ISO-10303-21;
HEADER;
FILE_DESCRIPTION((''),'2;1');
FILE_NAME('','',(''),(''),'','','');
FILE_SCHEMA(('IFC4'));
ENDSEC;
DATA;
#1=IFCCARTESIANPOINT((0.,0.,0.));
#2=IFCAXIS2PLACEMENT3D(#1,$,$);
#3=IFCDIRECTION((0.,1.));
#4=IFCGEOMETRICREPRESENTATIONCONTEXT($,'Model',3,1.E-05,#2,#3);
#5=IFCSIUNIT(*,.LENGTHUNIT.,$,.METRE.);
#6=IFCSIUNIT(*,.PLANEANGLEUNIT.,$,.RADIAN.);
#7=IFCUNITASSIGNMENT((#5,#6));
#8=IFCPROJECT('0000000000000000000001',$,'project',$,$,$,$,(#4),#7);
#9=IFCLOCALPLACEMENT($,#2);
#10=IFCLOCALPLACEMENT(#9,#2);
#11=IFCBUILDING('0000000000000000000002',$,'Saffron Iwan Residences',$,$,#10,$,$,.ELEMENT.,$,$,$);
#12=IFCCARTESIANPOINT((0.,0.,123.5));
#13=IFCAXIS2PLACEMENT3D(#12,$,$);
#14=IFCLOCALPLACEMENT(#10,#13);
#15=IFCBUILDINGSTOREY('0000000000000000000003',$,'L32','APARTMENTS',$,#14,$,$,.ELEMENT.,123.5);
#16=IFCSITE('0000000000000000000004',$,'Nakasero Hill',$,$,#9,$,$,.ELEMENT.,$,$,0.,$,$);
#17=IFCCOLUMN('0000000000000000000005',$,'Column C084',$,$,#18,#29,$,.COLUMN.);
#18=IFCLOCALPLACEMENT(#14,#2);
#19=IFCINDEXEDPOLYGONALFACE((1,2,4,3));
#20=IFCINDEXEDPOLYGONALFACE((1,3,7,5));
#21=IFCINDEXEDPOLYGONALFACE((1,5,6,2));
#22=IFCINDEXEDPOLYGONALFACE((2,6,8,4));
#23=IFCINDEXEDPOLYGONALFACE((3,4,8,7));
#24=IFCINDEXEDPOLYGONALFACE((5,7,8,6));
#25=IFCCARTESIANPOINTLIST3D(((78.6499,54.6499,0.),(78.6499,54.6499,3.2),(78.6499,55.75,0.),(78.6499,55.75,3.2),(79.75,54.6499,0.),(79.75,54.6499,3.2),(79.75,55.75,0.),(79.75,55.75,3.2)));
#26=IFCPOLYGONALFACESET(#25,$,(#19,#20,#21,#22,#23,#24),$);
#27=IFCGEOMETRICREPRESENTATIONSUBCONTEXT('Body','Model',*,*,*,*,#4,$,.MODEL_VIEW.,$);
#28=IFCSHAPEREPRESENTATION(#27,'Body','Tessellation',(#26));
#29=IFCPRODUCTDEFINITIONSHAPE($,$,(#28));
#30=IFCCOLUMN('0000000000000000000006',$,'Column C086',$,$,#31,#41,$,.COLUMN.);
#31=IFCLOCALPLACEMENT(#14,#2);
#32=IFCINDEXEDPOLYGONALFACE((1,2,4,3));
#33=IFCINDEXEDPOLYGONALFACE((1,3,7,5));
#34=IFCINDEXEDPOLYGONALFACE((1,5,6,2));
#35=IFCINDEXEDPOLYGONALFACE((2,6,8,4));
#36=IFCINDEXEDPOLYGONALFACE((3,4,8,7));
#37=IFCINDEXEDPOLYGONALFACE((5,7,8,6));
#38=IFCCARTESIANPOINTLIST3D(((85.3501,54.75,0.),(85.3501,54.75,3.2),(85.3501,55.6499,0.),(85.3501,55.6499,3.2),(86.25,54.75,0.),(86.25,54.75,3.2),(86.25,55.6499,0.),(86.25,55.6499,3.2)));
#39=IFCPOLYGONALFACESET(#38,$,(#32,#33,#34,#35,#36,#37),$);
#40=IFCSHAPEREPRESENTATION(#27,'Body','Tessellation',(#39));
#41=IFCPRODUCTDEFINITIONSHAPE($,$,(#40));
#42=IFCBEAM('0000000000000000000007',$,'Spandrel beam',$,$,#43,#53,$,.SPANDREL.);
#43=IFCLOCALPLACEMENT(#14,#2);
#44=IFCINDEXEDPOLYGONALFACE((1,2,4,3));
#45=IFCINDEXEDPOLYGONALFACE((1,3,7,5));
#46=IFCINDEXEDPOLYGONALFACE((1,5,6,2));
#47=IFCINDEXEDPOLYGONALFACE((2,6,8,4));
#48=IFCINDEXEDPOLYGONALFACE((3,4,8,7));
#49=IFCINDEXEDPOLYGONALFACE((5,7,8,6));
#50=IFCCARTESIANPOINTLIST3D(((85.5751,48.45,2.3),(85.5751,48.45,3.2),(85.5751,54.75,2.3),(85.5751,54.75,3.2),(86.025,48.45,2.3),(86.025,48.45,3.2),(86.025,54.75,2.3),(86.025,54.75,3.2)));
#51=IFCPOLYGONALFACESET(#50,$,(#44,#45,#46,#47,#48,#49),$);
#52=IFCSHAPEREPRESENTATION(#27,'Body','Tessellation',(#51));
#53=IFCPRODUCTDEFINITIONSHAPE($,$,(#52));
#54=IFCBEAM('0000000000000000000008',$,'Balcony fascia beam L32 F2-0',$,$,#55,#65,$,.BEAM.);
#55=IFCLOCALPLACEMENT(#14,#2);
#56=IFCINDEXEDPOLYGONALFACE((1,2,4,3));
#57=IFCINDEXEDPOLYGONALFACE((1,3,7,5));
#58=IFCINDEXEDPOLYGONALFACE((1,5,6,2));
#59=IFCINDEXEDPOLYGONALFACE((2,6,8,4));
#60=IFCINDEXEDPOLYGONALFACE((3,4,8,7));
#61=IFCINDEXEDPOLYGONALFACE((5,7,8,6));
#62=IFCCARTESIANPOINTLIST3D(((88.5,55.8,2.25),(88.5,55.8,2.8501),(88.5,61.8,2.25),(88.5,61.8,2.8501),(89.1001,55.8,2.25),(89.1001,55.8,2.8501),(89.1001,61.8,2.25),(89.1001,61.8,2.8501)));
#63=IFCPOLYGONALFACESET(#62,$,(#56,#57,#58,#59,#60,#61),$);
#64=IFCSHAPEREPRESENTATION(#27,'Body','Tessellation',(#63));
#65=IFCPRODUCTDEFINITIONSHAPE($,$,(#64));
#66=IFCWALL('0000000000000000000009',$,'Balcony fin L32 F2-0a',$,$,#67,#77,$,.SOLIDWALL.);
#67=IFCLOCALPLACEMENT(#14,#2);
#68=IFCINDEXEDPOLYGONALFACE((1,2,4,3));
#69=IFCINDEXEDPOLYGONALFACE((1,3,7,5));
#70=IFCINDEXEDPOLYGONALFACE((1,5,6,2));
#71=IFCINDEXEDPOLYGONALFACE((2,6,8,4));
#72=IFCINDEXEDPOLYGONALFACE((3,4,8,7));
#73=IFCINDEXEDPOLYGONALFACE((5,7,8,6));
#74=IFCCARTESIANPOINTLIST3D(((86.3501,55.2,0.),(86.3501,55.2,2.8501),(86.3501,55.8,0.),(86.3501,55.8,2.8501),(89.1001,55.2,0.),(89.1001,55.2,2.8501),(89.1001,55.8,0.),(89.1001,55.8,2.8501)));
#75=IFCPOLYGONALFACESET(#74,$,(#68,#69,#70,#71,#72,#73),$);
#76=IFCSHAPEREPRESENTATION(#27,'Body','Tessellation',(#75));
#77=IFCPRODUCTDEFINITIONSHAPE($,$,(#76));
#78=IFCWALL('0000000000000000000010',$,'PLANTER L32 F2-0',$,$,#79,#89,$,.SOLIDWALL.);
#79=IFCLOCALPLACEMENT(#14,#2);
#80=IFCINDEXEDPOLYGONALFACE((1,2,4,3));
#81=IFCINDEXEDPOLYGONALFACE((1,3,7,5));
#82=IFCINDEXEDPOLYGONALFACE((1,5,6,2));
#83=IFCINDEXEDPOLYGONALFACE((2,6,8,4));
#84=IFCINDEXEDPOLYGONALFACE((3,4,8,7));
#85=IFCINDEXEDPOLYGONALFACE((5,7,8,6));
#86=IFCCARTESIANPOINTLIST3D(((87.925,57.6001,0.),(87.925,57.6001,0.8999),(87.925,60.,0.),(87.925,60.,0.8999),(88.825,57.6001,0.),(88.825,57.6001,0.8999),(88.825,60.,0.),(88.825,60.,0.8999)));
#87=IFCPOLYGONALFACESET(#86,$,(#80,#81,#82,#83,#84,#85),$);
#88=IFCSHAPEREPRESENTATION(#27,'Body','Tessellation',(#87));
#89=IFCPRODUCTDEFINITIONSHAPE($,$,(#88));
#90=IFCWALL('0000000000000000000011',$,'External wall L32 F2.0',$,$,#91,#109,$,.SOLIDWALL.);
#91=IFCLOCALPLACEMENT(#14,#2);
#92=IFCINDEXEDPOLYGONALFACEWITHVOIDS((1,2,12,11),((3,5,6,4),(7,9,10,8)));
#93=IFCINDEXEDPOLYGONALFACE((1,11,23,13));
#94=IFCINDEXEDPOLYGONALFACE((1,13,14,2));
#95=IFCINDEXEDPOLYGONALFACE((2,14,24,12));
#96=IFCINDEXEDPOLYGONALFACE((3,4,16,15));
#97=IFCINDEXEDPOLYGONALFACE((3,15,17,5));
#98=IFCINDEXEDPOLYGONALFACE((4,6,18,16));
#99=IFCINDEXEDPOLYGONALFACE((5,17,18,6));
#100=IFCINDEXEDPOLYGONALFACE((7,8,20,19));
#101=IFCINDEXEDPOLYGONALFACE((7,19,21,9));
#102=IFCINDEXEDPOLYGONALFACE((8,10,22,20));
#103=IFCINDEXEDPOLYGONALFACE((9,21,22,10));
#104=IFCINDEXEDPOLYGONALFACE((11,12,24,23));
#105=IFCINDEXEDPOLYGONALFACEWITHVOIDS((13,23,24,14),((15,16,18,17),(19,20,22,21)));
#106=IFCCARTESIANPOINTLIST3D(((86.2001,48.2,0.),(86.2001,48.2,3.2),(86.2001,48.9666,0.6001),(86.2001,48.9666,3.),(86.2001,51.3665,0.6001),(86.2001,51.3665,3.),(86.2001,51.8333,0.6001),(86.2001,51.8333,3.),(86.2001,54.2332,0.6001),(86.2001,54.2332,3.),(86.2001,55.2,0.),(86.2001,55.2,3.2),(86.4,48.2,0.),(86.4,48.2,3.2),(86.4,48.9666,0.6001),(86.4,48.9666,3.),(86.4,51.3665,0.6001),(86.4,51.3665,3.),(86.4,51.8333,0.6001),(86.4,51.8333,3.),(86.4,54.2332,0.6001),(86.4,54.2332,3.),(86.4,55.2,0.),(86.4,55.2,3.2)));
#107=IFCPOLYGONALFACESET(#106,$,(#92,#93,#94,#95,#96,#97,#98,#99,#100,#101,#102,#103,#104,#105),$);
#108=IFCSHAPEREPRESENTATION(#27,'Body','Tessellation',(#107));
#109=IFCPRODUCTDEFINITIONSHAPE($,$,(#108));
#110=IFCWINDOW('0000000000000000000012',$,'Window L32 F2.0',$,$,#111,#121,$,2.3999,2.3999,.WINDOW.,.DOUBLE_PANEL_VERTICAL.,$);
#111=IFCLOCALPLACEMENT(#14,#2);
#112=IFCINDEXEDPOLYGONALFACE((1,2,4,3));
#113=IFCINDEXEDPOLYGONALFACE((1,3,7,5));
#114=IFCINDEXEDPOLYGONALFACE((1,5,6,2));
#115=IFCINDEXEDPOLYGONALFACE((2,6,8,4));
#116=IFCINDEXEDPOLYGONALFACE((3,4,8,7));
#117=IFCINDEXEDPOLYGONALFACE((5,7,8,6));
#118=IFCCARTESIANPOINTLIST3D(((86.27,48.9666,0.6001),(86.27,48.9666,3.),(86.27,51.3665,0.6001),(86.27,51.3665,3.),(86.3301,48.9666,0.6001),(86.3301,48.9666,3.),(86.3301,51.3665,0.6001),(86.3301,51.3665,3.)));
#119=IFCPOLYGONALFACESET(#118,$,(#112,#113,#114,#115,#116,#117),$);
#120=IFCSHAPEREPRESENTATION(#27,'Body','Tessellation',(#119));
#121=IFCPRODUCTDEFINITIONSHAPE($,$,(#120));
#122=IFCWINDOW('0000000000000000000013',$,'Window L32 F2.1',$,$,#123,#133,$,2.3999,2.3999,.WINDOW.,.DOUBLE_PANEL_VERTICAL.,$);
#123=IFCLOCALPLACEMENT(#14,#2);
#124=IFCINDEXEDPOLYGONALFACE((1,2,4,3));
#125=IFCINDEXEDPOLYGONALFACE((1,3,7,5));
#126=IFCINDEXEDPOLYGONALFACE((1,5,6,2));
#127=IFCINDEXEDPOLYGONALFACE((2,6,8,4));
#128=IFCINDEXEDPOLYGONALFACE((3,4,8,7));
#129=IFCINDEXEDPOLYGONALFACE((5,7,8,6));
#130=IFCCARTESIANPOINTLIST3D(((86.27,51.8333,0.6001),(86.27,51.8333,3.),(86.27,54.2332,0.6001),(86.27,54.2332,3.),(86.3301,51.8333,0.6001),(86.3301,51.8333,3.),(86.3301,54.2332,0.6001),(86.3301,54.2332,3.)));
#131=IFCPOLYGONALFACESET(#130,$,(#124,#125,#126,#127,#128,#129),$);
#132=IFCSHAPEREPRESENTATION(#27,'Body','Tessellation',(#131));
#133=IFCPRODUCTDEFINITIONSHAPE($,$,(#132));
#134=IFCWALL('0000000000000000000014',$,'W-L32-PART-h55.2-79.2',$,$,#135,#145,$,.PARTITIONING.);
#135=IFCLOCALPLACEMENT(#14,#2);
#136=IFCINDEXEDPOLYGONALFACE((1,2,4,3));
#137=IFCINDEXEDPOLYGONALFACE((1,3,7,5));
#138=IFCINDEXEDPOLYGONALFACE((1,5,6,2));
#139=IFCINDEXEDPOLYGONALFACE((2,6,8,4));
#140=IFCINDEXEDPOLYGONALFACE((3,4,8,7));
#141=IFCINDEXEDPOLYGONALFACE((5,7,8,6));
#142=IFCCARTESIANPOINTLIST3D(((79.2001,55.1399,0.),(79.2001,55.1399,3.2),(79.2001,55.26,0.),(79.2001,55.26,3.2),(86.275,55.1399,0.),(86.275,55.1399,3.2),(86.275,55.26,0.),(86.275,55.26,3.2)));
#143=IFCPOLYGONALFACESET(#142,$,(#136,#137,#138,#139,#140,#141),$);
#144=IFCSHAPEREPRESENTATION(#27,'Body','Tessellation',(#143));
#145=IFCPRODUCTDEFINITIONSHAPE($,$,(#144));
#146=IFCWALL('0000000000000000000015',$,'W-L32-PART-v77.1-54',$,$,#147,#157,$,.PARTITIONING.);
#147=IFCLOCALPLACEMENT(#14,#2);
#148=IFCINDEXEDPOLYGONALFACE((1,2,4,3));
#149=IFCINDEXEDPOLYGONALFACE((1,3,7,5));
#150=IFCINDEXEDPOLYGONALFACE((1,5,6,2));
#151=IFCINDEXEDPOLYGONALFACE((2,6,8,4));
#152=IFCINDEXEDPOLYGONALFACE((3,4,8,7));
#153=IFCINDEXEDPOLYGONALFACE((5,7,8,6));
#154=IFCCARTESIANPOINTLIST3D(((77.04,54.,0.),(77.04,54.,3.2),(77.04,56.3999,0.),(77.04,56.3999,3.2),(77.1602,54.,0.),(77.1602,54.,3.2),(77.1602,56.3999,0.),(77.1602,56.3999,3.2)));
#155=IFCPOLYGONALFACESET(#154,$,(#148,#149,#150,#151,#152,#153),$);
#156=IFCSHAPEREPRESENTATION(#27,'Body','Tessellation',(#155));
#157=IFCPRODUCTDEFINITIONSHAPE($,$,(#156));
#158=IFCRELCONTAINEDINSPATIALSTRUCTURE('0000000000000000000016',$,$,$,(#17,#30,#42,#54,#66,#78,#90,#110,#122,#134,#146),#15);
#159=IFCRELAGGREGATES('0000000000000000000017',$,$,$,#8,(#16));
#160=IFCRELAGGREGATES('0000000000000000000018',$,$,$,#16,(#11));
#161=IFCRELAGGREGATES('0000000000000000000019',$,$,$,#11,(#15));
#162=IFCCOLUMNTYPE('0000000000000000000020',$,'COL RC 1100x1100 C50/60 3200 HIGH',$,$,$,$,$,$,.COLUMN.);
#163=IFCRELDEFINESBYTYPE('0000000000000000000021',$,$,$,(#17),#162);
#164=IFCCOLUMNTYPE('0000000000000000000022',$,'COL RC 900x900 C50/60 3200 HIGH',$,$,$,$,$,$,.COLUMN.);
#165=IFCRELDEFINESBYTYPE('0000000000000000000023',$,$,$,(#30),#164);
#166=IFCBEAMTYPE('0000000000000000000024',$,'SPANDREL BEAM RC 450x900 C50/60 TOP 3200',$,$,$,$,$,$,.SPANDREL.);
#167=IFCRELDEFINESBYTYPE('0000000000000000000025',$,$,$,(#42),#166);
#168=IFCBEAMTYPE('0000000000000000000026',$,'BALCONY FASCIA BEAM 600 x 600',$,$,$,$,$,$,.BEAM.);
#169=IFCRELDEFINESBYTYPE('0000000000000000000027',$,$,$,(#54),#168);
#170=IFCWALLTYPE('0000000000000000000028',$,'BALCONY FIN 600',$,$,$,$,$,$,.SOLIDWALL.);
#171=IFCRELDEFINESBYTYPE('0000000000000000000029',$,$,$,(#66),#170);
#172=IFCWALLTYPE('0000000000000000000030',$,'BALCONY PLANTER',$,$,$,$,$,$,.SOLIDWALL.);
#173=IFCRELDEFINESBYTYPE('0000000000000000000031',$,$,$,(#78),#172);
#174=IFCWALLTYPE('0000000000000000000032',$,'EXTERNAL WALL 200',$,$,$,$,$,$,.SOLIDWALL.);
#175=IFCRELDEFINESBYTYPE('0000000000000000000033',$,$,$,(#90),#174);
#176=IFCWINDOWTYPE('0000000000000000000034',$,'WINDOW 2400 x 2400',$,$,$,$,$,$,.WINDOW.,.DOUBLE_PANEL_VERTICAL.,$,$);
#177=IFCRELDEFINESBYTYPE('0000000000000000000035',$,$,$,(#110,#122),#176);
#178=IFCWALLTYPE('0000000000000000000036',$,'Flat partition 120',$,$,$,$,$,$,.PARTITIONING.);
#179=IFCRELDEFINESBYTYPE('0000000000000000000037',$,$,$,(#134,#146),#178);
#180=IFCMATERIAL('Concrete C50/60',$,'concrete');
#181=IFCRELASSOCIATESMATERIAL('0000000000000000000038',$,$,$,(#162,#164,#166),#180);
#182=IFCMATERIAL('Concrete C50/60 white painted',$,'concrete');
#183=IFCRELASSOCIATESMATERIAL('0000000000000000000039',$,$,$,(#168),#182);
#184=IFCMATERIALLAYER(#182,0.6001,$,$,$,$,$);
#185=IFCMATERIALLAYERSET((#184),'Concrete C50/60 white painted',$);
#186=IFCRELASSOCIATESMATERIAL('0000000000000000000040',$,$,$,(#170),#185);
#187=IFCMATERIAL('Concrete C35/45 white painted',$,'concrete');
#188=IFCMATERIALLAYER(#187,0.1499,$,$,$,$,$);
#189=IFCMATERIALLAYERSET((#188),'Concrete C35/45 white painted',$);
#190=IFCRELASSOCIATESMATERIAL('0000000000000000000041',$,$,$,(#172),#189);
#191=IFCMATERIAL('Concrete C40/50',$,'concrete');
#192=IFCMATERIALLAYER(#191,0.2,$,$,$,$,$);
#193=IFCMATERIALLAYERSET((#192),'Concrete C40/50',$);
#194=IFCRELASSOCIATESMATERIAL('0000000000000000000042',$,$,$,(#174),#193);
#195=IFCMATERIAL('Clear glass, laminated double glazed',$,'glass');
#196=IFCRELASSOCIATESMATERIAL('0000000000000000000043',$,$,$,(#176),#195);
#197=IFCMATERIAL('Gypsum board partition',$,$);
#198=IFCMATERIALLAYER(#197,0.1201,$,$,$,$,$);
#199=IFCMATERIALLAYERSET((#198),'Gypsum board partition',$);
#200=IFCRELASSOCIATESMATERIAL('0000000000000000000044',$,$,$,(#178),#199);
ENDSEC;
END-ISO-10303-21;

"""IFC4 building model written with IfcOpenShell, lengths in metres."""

from ifc_helpers import new_model, si_unit, direction, frame, frame_2d, origin, origin_2d, place, context, subcontext, project, spatial, rectangle, extrude, source, transform, mapped, material, layer, layer_set, material_profile, profile_set, type_object, element, fill, save


model = new_model("IFC4")

# Units and contexts
model_context = context("Model", 3, precision=1e-05, world=origin(), true_north=direction((0.0, 1.0)))
body_context = subcontext(model_context, "Body", "Model", "MODEL_VIEW")
ifc_project = project(units=[si_unit("LENGTHUNIT", "METRE"), si_unit("PLANEANGLEUNIT", "RADIAN")], contexts=[model_context])

# Site, building, storey
site_placement = place(None, origin())
site = spatial("IfcSite", under=ifc_project, at=site_placement, Name="Nakasero Hill", CompositionType="ELEMENT", RefElevation=0.0)
building_placement = place(site_placement, origin())
building = spatial("IfcBuilding", under=site, at=building_placement, Name="Saffron Iwan Residences", CompositionType="ELEMENT")
storey_placement = place(building_placement, frame((0.0, 0.0, 123.5)))
storey = spatial("IfcBuildingStorey", under=building, at=storey_placement, Name="L32", Description="APARTMENTS", CompositionType="ELEMENT", Elevation=123.5)

# Columns
ifc_material_1 = material(Name="Concrete C50/60", Category="concrete")
ifc_material_profile_1 = material_profile(ifc_material_1, rectangle(XDim=1.1001, YDim=1.1001, at=origin_2d()), Name="RC 1100x1100")
ifc_profile_set_1 = profile_set([ifc_material_profile_1], Name="Concrete C50/60")
column_type_1 = type_object("IfcColumnType", Name="COL RC 1100x1100 C50/60 3200 HIGH", PredefinedType="COLUMN", material=ifc_profile_set_1)
shared_shape_1 = source(origin(), body_context, "Body", "SweptSolid", [
    extrude(rectangle(XDim=1.1001, YDim=1.1001, at=origin_2d()), origin(), (0.0, 0.0, 1.0), 3.2),
])
column_1_placement = place(storey_placement, frame((79.2, 55.2, 0.0), z_axis=(0.0, 0.0, 1.0), x_axis=(1.0, 0.0, 0.0)))
element("IfcColumn", 1, at=column_1_placement, inside=storey, type_object=column_type_1, Name="Column C084", PredefinedType="COLUMN", context=body_context, shape_type="MappedRepresentation", body=[
    mapped(shared_shape_1, transform((0.0, 0.0, 0.0))),
])
ifc_material_profile_2 = material_profile(ifc_material_1, rectangle(XDim=0.8999, YDim=0.8999, at=origin_2d()), Name="RC 900x900")
ifc_profile_set_2 = profile_set([ifc_material_profile_2], Name="Concrete C50/60")
column_type_2 = type_object("IfcColumnType", Name="COL RC 900x900 C50/60 3200 HIGH", PredefinedType="COLUMN", material=ifc_profile_set_2)
shared_shape_2 = source(origin(), body_context, "Body", "SweptSolid", [
    extrude(rectangle(XDim=0.8999, YDim=0.8999, at=origin_2d()), origin(), (0.0, 0.0, 1.0), 3.2),
])
column_2_placement = place(storey_placement, frame((85.8, 55.2, 0.0), z_axis=(0.0, 0.0, 1.0), x_axis=(1.0, 0.0, 0.0)))
element("IfcColumn", 2, at=column_2_placement, inside=storey, type_object=column_type_2, Name="Column C086", PredefinedType="COLUMN", context=body_context, shape_type="MappedRepresentation", body=[
    mapped(shared_shape_2, transform((0.0, 0.0, 0.0))),
])

# Beams
ifc_material_profile_3 = material_profile(ifc_material_1, rectangle(XDim=0.45, YDim=0.8999, at=origin_2d()), Name="RC 450x900")
ifc_profile_set_3 = profile_set([ifc_material_profile_3], Name="Concrete C50/60")
beam_type_1 = type_object("IfcBeamType", Name="SPANDREL BEAM RC 450x900 C50/60 TOP 3200", PredefinedType="SPANDREL", material=ifc_profile_set_3)
shared_shape_3 = source(origin(), body_context, "Body", "SweptSolid", [
    extrude(rectangle(XDim=0.45, YDim=0.8999, at=origin_2d()), origin(), (0.0, 0.0, 1.0), 6.3),
])
beam_1_placement = place(storey_placement, frame((85.8, 54.75, 2.75), z_axis=(0.0, -1.0, 0.0), x_axis=(1.0, 0.0, 0.0)))
element("IfcBeam", 3, at=beam_1_placement, inside=storey, type_object=beam_type_1, Name="Spandrel beam", PredefinedType="SPANDREL", context=body_context, shape_type="MappedRepresentation", body=[
    mapped(shared_shape_3, transform((0.0, 0.0, 0.0))),
])
ifc_material_2 = material(Name="Concrete C50/60 white painted", Category="concrete")
ifc_material_profile_4 = material_profile(ifc_material_2, rectangle(XDim=0.6001, YDim=0.6001, at=origin_2d()), Name="BALCONY FASCIA BEAM 600 x 600")
ifc_profile_set_4 = profile_set([ifc_material_profile_4], Name="Concrete C50/60 white painted")
beam_type_2 = type_object("IfcBeamType", Name="BALCONY FASCIA BEAM 600 x 600", PredefinedType="BEAM", material=ifc_profile_set_4)
shared_shape_4 = source(origin(), body_context, "Body", "SweptSolid", [
    extrude(rectangle(XDim=0.6001, YDim=0.6001, at=origin_2d()), origin(), (0.0, 0.0, 1.0), 6.0),
])
beam_2_placement = place(storey_placement, frame((88.8, 55.8, 2.55), z_axis=(0.0, 1.0, 0.0), x_axis=(-1.0, 0.0, 0.0)))
element("IfcBeam", 4, at=beam_2_placement, inside=storey, type_object=beam_type_2, Name="Balcony fascia beam L32 F2-0", PredefinedType="BEAM", context=body_context, shape_type="MappedRepresentation", body=[
    mapped(shared_shape_4, transform((0.0, 0.0, 0.0))),
])

# Walls
ifc_layer_1 = layer(ifc_material_2, 0.6001)
ifc_layer_set_1 = layer_set([ifc_layer_1], Name="Concrete C50/60 white painted")
wall_type_1 = type_object("IfcWallType", Name="BALCONY FIN 600", PredefinedType="SOLIDWALL", material=ifc_layer_set_1)
wall_1_placement = place(storey_placement, frame((86.3501, 55.5, 0.0), z_axis=(0.0, 0.0, 1.0), x_axis=(1.0, 0.0, 0.0)))
element("IfcWall", 5, at=wall_1_placement, inside=storey, type_object=wall_type_1, Name="Balcony fin L32 F2-0a", PredefinedType="SOLIDWALL", context=body_context, shape_type="SweptSolid", body=[
    extrude(rectangle(XDim=2.75, YDim=0.6001, at=frame_2d((1.375, 0.0))), origin(), (0.0, 0.0, 1.0), 2.8501),
])
ifc_material_3 = material(Name="Concrete C35/45 white painted", Category="concrete")
ifc_layer_2 = layer(ifc_material_3, 0.1499)
ifc_layer_set_2 = layer_set([ifc_layer_2], Name="Concrete C35/45 white painted")
wall_type_2 = type_object("IfcWallType", Name="BALCONY PLANTER", PredefinedType="SOLIDWALL", material=ifc_layer_set_2)
wall_2_placement = place(storey_placement, frame((88.375, 57.6001, 0.0), z_axis=(0.0, 0.0, 1.0), x_axis=(0.0, 1.0, 0.0)))
element("IfcWall", 6, at=wall_2_placement, inside=storey, type_object=wall_type_2, Name="PLANTER L32 F2-0", PredefinedType="SOLIDWALL", context=body_context, shape_type="SweptSolid", body=[
    extrude(rectangle(XDim=2.3999, YDim=0.8999, at=frame_2d((1.2, 0.0))), origin(), (0.0, 0.0, 1.0), 0.8999),
])

# Wall, openings, windows
ifc_material_4 = material(Name="Concrete C40/50", Category="concrete")
ifc_layer_3 = layer(ifc_material_4, 0.2)
ifc_layer_set_3 = layer_set([ifc_layer_3], Name="Concrete C40/50")
wall_type_3 = type_object("IfcWallType", Name="EXTERNAL WALL 200", PredefinedType="SOLIDWALL", material=ifc_layer_set_3)
wall_3_placement = place(storey_placement, frame((86.3, 48.2, 0.0), z_axis=(0.0, 0.0, 1.0), x_axis=(0.0, 1.0, 0.0)))
wall_3 = element("IfcWall", 7, at=wall_3_placement, inside=storey, type_object=wall_type_3, Name="External wall L32 F2.0", PredefinedType="SOLIDWALL", context=body_context, shape_type="SweptSolid", body=[
    extrude(rectangle(XDim=7.0, YDim=0.2, at=frame_2d((3.5, 0.0))), origin(), (0.0, 0.0, 1.0), 3.2),
])
opening_1_placement = place(wall_3_placement, frame((0.7666, 0.0, 0.6001)))
opening_1 = element("IfcOpeningElement", 8, at=opening_1_placement, cuts=wall_3, PredefinedType="OPENING", context=body_context, shape_type="SweptSolid", body=[
    extrude(rectangle(XDim=2.3999, YDim=2.3999, at=frame_2d((1.2, 1.2))), frame((0.0, 0.1099, 0.0), z_axis=(0.0, -1.0, 0.0), x_axis=(1.0, 0.0, 0.0)), (0.0, 0.0, 1.0), 0.22),
])
opening_2_placement = place(wall_3_placement, frame((3.6333, 0.0, 0.6001)))
opening_2 = element("IfcOpeningElement", 9, at=opening_2_placement, cuts=wall_3, PredefinedType="OPENING", context=body_context, shape_type="SweptSolid", body=[
    extrude(rectangle(XDim=2.3999, YDim=2.3999, at=frame_2d((1.2, 1.2))), frame((0.0, 0.1099, 0.0), z_axis=(0.0, -1.0, 0.0), x_axis=(1.0, 0.0, 0.0)), (0.0, 0.0, 1.0), 0.22),
])
ifc_material_5 = material(Name="Clear glass, laminated double glazed", Category="glass")
window_type_1 = type_object("IfcWindowType", Name="WINDOW 2400 x 2400", PartitioningType="DOUBLE_PANEL_VERTICAL", PredefinedType="WINDOW", material=ifc_material_5)
window_1_placement = place(opening_1_placement, origin())
window_1 = element("IfcWindow", 10, at=window_1_placement, inside=storey, type_object=window_type_1, Name="Window L32 F2.0", OverallHeight=2.3999, OverallWidth=2.3999, PartitioningType="DOUBLE_PANEL_VERTICAL", PredefinedType="WINDOW", context=body_context, shape_type="SweptSolid", body=[
    extrude(rectangle(XDim=2.3999, YDim=2.3999, at=frame_2d((1.2, 1.2))), frame((0.0, 0.03, 0.0), z_axis=(0.0, -1.0, 0.0), x_axis=(1.0, 0.0, 0.0)), (0.0, 0.0, 1.0), 0.0601),
])
fill(opening_1, window_1)
window_2_placement = place(opening_2_placement, origin())
window_2 = element("IfcWindow", 11, at=window_2_placement, inside=storey, type_object=window_type_1, Name="Window L32 F2.1", OverallHeight=2.3999, OverallWidth=2.3999, PartitioningType="DOUBLE_PANEL_VERTICAL", PredefinedType="WINDOW", context=body_context, shape_type="SweptSolid", body=[
    extrude(rectangle(XDim=2.3999, YDim=2.3999, at=frame_2d((1.2, 1.2))), frame((0.0, 0.03, 0.0), z_axis=(0.0, -1.0, 0.0), x_axis=(1.0, 0.0, 0.0)), (0.0, 0.0, 1.0), 0.0601),
])
fill(opening_2, window_2)

# Walls
ifc_material_6 = material(Name="Gypsum board partition")
ifc_layer_4 = layer(ifc_material_6, 0.1201)
ifc_layer_set_4 = layer_set([ifc_layer_4], Name="Gypsum board partition")
wall_type_4 = type_object("IfcWallType", Name="Flat partition 120", PredefinedType="PARTITIONING", material=ifc_layer_set_4)
wall_4_placement = place(storey_placement, frame((79.2, 55.2, 0.0), z_axis=(0.0, 0.0, 1.0), x_axis=(1.0, 0.0, 0.0)))
element("IfcWall", 12, at=wall_4_placement, inside=storey, type_object=wall_type_4, Name="W-L32-PART-h55.2-79.2", PredefinedType="PARTITIONING", context=body_context, shape_type="SweptSolid", body=[
    extrude(rectangle(XDim=7.075, YDim=0.1201, at=frame_2d((3.5376, 0.0))), origin(), (0.0, 0.0, 1.0), 3.2),
])
wall_5_placement = place(storey_placement, frame((77.1001, 54.0, 0.0), z_axis=(0.0, 0.0, 1.0), x_axis=(0.0, 1.0, 0.0)))
element("IfcWall", 13, at=wall_5_placement, inside=storey, type_object=wall_type_4, Name="W-L32-PART-v77.1-54", PredefinedType="PARTITIONING", context=body_context, shape_type="SweptSolid", body=[
    extrude(rectangle(XDim=2.3999, YDim=0.1201, at=frame_2d((1.2, 0.0))), origin(), (0.0, 0.0, 1.0), 3.2),
])

save(model, "model.ifc")
